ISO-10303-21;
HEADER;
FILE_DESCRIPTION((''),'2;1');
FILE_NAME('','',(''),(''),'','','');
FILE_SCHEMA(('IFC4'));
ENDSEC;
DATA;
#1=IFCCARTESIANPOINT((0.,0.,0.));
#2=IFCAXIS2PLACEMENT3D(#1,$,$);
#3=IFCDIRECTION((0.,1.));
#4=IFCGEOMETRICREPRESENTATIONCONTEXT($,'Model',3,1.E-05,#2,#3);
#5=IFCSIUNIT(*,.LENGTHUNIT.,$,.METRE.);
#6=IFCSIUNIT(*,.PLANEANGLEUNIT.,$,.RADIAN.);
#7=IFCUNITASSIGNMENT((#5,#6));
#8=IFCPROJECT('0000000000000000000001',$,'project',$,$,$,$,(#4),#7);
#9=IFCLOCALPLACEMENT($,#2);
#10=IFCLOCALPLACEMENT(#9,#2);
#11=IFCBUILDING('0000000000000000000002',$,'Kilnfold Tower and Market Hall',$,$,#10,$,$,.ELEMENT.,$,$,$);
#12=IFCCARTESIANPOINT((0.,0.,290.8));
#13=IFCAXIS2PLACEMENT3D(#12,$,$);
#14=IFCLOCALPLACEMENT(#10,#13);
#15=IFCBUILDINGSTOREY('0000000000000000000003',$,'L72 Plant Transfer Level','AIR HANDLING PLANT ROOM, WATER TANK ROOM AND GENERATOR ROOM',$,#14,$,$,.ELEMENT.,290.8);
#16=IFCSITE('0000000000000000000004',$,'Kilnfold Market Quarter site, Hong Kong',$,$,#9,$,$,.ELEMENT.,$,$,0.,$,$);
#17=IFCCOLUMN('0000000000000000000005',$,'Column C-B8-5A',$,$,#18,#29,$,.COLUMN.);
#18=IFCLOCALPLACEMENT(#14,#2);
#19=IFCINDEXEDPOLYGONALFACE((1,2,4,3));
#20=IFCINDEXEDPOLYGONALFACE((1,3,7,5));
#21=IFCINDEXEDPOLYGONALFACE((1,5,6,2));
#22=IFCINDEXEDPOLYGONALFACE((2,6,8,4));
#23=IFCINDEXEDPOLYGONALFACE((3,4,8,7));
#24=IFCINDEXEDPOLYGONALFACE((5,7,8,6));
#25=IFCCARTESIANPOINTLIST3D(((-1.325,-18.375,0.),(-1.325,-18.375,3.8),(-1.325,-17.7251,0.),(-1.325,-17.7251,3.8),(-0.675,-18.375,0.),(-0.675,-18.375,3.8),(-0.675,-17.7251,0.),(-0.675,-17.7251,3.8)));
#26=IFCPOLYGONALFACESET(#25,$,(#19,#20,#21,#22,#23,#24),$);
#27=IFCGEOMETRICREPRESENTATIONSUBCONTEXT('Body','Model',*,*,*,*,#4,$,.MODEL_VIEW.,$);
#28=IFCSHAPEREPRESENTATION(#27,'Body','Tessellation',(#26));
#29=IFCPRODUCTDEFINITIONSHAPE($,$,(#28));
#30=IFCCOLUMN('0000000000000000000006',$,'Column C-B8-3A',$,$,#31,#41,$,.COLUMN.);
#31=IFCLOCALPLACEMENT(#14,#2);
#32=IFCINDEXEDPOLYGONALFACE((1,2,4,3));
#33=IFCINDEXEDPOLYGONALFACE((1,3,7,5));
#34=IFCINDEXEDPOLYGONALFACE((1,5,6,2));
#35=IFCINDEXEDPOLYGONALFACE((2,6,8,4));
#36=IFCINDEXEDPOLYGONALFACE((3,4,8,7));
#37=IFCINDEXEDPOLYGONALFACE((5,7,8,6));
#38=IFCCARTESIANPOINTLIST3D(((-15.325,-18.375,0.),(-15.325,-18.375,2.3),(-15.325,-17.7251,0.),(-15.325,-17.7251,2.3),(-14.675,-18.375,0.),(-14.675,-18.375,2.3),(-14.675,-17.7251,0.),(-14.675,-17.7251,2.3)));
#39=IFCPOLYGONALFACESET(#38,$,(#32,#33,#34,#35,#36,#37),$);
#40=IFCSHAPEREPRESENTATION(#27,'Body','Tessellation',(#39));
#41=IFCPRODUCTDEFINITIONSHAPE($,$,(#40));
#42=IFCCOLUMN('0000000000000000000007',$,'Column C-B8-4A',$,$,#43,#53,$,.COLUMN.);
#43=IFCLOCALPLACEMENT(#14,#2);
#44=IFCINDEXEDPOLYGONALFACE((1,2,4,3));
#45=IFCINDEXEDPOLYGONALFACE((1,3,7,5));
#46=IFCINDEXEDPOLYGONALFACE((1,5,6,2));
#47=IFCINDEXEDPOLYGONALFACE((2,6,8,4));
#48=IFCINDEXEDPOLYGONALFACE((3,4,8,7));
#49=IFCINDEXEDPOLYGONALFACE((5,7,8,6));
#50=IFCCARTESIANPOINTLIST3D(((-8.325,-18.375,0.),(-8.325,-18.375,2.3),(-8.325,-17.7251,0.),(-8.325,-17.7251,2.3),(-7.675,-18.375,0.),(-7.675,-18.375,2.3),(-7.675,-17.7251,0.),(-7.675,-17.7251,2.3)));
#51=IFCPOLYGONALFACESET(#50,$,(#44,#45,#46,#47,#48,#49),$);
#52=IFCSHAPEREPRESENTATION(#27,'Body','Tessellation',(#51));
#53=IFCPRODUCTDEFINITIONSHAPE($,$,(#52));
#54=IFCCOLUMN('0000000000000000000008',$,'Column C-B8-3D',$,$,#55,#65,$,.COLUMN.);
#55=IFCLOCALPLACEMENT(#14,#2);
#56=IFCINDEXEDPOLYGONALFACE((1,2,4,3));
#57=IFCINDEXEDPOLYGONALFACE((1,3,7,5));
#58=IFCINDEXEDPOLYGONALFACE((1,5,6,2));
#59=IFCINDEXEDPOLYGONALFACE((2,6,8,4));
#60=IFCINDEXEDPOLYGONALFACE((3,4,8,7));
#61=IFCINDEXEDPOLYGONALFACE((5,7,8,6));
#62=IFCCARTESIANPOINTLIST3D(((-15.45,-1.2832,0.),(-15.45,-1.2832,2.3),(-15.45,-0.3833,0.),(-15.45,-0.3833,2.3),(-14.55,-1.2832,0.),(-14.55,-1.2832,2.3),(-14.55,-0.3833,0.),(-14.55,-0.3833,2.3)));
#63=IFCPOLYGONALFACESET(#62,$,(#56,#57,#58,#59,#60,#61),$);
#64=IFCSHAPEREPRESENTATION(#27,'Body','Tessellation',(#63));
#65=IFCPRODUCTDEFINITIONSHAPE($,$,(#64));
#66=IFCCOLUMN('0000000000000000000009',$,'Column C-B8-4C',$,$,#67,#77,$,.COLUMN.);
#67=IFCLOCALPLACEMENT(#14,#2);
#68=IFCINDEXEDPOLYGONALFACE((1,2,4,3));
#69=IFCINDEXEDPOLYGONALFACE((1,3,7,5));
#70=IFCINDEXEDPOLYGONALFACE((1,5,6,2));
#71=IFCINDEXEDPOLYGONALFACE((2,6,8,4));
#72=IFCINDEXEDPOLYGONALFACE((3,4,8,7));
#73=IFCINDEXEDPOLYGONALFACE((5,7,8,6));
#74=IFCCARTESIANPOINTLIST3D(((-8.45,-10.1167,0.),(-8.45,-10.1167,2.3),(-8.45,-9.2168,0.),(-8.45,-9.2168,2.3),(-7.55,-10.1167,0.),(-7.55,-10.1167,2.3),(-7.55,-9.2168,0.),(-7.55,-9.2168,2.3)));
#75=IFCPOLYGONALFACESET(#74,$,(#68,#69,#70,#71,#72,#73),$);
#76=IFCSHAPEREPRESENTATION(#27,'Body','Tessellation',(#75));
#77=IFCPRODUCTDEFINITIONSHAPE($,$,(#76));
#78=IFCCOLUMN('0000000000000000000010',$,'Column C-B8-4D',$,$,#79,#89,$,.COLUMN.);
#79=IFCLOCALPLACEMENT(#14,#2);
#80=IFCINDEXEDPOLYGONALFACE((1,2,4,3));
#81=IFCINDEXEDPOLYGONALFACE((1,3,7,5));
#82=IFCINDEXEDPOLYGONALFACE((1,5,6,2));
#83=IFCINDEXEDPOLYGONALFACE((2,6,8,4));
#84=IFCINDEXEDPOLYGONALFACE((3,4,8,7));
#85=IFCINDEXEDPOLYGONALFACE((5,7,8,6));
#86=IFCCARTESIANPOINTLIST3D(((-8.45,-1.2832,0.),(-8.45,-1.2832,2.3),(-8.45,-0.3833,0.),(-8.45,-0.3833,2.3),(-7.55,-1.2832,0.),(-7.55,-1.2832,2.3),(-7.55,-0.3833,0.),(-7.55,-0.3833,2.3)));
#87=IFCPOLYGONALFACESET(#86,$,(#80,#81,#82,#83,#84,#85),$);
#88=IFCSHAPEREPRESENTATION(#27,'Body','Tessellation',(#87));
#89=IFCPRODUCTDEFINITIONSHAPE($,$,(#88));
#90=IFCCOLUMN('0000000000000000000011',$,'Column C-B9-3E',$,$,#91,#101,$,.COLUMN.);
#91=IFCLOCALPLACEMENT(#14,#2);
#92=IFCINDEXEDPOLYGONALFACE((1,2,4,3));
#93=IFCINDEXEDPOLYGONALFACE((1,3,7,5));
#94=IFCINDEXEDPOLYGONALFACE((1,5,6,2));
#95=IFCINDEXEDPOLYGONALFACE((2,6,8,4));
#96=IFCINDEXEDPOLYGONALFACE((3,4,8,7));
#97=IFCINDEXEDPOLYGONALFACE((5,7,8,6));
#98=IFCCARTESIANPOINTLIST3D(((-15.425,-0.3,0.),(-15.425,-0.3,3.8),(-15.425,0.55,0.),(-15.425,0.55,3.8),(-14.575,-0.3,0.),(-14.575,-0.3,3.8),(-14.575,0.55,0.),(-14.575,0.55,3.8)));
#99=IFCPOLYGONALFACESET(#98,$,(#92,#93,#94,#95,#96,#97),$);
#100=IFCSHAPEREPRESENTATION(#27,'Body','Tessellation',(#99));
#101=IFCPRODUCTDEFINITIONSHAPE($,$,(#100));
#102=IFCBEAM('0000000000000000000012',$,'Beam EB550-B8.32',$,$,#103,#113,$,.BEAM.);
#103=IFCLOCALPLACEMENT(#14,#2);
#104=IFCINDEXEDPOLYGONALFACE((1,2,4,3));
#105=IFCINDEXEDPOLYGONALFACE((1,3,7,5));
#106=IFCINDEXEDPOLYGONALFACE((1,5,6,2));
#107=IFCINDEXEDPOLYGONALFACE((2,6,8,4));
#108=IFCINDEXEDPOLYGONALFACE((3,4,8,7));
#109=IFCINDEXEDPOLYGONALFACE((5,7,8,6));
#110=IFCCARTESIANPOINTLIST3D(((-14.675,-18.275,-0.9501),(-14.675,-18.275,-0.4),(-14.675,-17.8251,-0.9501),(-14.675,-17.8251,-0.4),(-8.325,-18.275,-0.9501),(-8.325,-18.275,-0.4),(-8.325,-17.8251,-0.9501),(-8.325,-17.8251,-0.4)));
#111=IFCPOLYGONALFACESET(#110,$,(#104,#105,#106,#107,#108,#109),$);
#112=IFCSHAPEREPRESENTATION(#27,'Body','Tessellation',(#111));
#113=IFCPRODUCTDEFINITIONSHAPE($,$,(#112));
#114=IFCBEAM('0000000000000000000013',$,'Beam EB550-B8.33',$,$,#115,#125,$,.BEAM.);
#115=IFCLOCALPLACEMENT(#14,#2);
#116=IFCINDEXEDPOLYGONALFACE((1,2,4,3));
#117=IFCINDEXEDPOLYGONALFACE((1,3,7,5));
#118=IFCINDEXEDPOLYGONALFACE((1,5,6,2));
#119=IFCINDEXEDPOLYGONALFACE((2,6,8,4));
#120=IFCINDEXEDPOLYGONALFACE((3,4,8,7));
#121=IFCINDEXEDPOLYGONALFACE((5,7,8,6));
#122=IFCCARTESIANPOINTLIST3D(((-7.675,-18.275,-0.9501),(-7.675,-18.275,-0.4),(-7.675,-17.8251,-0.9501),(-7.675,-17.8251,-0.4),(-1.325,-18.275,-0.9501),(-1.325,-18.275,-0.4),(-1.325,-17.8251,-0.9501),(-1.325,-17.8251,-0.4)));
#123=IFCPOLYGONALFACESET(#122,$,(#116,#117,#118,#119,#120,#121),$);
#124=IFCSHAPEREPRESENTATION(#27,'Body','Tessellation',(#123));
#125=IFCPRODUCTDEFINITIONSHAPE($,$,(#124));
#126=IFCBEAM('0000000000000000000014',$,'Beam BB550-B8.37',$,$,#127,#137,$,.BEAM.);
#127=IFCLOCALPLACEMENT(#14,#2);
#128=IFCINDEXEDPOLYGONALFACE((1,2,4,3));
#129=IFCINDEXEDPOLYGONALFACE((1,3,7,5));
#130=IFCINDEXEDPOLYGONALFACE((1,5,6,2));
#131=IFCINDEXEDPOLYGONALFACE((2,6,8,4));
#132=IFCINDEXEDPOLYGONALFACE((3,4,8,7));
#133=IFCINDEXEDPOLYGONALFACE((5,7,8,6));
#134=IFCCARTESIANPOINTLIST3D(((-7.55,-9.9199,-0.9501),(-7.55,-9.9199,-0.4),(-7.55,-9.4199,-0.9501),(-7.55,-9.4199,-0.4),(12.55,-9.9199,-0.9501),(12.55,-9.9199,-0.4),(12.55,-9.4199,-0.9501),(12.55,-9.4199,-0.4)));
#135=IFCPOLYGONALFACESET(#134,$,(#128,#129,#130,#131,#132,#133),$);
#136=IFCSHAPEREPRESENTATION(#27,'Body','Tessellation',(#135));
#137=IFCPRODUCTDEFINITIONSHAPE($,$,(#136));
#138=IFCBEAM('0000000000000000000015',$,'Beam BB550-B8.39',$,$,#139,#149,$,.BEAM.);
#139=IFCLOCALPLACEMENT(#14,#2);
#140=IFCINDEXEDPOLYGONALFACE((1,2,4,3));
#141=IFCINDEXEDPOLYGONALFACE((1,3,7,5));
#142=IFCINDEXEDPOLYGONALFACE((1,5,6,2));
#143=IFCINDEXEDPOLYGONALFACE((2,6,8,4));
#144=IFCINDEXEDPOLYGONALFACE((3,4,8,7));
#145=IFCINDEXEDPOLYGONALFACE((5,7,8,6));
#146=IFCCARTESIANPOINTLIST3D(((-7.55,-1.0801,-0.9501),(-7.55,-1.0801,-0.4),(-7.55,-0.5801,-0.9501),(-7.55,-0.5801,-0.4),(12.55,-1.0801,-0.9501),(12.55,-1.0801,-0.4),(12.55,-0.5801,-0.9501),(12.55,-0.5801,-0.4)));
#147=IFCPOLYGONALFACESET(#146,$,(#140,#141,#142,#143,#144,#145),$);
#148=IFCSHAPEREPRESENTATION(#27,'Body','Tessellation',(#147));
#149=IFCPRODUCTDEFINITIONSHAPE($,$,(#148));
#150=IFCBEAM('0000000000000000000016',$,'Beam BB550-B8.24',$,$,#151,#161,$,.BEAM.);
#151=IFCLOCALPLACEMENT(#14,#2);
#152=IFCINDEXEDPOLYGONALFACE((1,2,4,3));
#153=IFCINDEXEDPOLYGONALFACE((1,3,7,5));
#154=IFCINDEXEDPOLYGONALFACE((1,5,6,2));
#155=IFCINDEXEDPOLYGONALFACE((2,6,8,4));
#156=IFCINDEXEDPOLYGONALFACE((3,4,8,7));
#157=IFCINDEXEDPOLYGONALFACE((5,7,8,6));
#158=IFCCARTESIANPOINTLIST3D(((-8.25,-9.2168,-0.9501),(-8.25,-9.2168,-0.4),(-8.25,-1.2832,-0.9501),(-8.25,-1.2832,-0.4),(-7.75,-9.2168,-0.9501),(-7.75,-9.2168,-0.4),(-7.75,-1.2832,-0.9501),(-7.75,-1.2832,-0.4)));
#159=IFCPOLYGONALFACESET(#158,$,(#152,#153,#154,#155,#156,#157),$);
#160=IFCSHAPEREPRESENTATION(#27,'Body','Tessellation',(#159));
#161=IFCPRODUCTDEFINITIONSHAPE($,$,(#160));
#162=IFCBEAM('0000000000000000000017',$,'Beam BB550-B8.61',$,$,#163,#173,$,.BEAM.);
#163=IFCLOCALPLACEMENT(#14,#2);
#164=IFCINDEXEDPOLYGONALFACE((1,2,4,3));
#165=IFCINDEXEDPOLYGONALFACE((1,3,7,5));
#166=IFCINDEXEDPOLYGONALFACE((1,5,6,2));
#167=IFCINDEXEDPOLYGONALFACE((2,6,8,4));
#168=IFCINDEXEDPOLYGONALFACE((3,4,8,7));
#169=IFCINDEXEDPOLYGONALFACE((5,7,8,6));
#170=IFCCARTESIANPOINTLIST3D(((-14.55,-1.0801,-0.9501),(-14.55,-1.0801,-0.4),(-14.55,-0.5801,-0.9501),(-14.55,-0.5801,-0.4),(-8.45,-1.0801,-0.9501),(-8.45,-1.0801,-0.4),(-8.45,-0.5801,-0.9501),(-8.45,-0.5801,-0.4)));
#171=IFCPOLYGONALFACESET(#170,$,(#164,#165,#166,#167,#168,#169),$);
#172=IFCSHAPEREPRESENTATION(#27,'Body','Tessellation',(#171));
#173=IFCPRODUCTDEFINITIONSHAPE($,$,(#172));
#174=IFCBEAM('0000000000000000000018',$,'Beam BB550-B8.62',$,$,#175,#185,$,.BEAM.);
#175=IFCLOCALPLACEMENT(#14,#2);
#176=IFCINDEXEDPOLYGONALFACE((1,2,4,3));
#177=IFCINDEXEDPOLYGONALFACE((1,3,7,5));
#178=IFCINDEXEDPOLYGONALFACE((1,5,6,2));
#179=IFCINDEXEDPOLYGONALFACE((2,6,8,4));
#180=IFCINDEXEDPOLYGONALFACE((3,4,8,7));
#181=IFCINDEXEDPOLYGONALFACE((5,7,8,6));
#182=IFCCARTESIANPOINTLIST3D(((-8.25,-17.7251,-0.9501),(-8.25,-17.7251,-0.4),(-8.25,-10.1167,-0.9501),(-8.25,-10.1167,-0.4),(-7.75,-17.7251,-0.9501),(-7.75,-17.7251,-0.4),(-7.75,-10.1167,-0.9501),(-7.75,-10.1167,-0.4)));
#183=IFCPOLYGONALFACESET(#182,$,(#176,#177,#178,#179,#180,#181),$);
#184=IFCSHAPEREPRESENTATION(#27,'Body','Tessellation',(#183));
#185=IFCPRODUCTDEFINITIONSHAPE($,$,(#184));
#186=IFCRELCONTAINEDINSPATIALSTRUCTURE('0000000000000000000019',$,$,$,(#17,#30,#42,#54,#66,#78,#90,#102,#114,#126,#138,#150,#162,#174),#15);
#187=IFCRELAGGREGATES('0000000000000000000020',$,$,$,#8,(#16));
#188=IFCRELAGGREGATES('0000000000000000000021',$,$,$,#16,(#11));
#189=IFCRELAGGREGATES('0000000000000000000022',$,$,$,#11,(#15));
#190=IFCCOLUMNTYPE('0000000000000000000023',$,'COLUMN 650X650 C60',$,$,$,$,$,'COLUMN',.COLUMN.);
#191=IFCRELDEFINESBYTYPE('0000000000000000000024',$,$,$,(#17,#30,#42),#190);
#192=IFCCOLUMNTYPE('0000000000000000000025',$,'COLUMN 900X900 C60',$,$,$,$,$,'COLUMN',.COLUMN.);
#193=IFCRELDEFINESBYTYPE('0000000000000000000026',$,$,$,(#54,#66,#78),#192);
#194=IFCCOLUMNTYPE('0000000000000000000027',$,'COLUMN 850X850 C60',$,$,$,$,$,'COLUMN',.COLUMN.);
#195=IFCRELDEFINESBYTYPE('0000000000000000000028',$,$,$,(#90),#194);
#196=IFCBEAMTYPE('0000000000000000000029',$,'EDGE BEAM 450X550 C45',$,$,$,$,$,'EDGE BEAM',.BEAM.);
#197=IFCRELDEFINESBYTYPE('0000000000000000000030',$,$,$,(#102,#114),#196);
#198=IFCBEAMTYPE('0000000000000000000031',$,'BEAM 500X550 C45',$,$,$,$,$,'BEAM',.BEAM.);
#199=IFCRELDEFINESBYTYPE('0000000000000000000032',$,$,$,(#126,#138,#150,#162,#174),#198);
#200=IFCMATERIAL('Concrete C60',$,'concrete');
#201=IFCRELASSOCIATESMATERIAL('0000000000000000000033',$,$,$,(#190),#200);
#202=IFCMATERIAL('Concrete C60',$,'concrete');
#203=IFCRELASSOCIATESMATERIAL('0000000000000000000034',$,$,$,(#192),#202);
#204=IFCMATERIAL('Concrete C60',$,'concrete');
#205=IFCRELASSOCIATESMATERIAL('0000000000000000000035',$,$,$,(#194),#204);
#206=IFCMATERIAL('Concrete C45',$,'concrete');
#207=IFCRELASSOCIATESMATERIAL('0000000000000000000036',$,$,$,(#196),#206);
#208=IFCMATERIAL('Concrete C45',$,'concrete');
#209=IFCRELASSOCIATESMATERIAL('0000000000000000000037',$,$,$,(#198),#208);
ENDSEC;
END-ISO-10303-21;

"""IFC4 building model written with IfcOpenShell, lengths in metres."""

from ifc_helpers import new_model, si_unit, direction, frame, origin, origin_2d, place, context, subcontext, project, spatial, rectangle, extrude, source, transform, mapped, material, material_profile, profile_set, type_object, element, save


model = new_model("IFC4")

# Units and contexts
model_context = context("Model", 3, precision=1e-05, world=origin(), true_north=direction((0.0, 1.0)))
body_context = subcontext(model_context, "Body", "Model", "MODEL_VIEW")
ifc_project = project(units=[si_unit("LENGTHUNIT", "METRE"), si_unit("PLANEANGLEUNIT", "RADIAN")], contexts=[model_context])

# Site, building, storey
site_placement = place(None, origin())
site = spatial("IfcSite", under=ifc_project, at=site_placement, Name="Kilnfold Market Quarter site, Hong Kong", CompositionType="ELEMENT", RefElevation=0.0)
building_placement = place(site_placement, origin())
building = spatial("IfcBuilding", under=site, at=building_placement, Name="Kilnfold Tower and Market Hall", CompositionType="ELEMENT")
storey_placement = place(building_placement, frame((0.0, 0.0, 290.8)))
storey = spatial("IfcBuildingStorey", under=building, at=storey_placement, Name="L72 Plant Transfer Level", Description="AIR HANDLING PLANT ROOM, WATER TANK ROOM AND GENERATOR ROOM", CompositionType="ELEMENT", Elevation=290.8)

# Columns
ifc_material_1 = material(Name="Concrete C60", Category="concrete")
ifc_material_profile_1 = material_profile(ifc_material_1, rectangle(XDim=0.6499, YDim=0.6499, at=origin_2d()), Name="RC 650x650")
ifc_profile_set_1 = profile_set([ifc_material_profile_1], Name="Concrete C60")
column_type_1 = type_object("IfcColumnType", Name="COLUMN 650X650 C60", ElementType="COLUMN", PredefinedType="COLUMN", material=ifc_profile_set_1)
shared_shape_1 = source(origin(), body_context, "Body", "SweptSolid", [
    extrude(rectangle(XDim=0.6499, YDim=0.6499, at=origin_2d()), origin(), (0.0, 0.0, 1.0), 3.8),
])
column_1_placement = place(storey_placement, frame((-1.0, -18.05, 0.0), z_axis=(0.0, 0.0, 1.0), x_axis=(1.0, 0.0, 0.0)))
element("IfcColumn", 1, at=column_1_placement, inside=storey, type_object=column_type_1, Name="Column C-B8-5A", PredefinedType="COLUMN", context=body_context, shape_type="MappedRepresentation", body=[
    mapped(shared_shape_1, transform((0.0, 0.0, 0.0))),
])
shared_shape_2 = source(origin(), body_context, "Body", "SweptSolid", [
    extrude(rectangle(XDim=0.6499, YDim=0.6499, at=origin_2d()), origin(), (0.0, 0.0, 1.0), 2.3),
])
for number, where, z_axis, x_axis, name in (
    (2, (-15.0, -18.05, 0.0), (0.0, 0.0, 1.0), (1.0, 0.0, 0.0), "Column C-B8-3A"),
    (3, (-8.0, -18.05, 0.0), (0.0, 0.0, 1.0), (1.0, 0.0, 0.0), "Column C-B8-4A"),
):
    element("IfcColumn", number, at=place(storey_placement, frame(where, z_axis=z_axis, x_axis=x_axis)), inside=storey, type_object=column_type_1, Name=name, PredefinedType="COLUMN", context=body_context, shape_type="MappedRepresentation", body=[
        mapped(shared_shape_2, transform((0.0, 0.0, 0.0))),
    ])
ifc_material_2 = material(Name="Concrete C60", Category="concrete")
ifc_material_profile_2 = material_profile(ifc_material_2, rectangle(XDim=0.8999, YDim=0.8999, at=origin_2d()), Name="RC 900x900")
ifc_profile_set_2 = profile_set([ifc_material_profile_2], Name="Concrete C60")
column_type_2 = type_object("IfcColumnType", Name="COLUMN 900X900 C60", ElementType="COLUMN", PredefinedType="COLUMN", material=ifc_profile_set_2)
shared_shape_3 = source(origin(), body_context, "Body", "SweptSolid", [
    extrude(rectangle(XDim=0.8999, YDim=0.8999, at=origin_2d()), origin(), (0.0, 0.0, 1.0), 2.3),
])
for number, where, z_axis, x_axis, name in (
    (4, (-15.0, -0.8333, 0.0), (0.0, 0.0, 1.0), (1.0, 0.0, 0.0), "Column C-B8-3D"),
    (5, (-8.0, -9.6667, 0.0), (0.0, 0.0, 1.0), (1.0, 0.0, 0.0), "Column C-B8-4C"),
    (6, (-8.0, -0.8333, 0.0), (0.0, 0.0, 1.0), (1.0, 0.0, 0.0), "Column C-B8-4D"),
):
    element("IfcColumn", number, at=place(storey_placement, frame(where, z_axis=z_axis, x_axis=x_axis)), inside=storey, type_object=column_type_2, Name=name, PredefinedType="COLUMN", context=body_context, shape_type="MappedRepresentation", body=[
        mapped(shared_shape_3, transform((0.0, 0.0, 0.0))),
    ])
ifc_material_3 = material(Name="Concrete C60", Category="concrete")
ifc_material_profile_3 = material_profile(ifc_material_3, rectangle(XDim=0.8501, YDim=0.8501, at=origin_2d()), Name="RC 850x850")
ifc_profile_set_3 = profile_set([ifc_material_profile_3], Name="Concrete C60")
column_type_3 = type_object("IfcColumnType", Name="COLUMN 850X850 C60", ElementType="COLUMN", PredefinedType="COLUMN", material=ifc_profile_set_3)
shared_shape_4 = source(origin(), body_context, "Body", "SweptSolid", [
    extrude(rectangle(XDim=0.8501, YDim=0.8501, at=origin_2d()), origin(), (0.0, 0.0, 1.0), 3.8),
])
column_2_placement = place(storey_placement, frame((-15.0, 0.125, 0.0), z_axis=(0.0, 0.0, 1.0), x_axis=(1.0, 0.0, 0.0)))
element("IfcColumn", 7, at=column_2_placement, inside=storey, type_object=column_type_3, Name="Column C-B9-3E", PredefinedType="COLUMN", context=body_context, shape_type="MappedRepresentation", body=[
    mapped(shared_shape_4, transform((0.0, 0.0, 0.0))),
])

# Beams
ifc_material_4 = material(Name="Concrete C45", Category="concrete")
ifc_material_profile_4 = material_profile(ifc_material_4, rectangle(XDim=0.45, YDim=0.55, at=origin_2d()), Name="RC 450x550")
ifc_profile_set_4 = profile_set([ifc_material_profile_4], Name="Concrete C45")
beam_type_1 = type_object("IfcBeamType", Name="EDGE BEAM 450X550 C45", ElementType="EDGE BEAM", PredefinedType="BEAM", material=ifc_profile_set_4)
shared_shape_5 = source(origin(), body_context, "Body", "SweptSolid", [
    extrude(rectangle(XDim=0.45, YDim=0.55, at=origin_2d()), origin(), (0.0, 0.0, 1.0), 6.3501),
])
for number, where, z_axis, x_axis, name in (
    (8, (-14.675, -18.05, -0.675), (1.0, 0.0, 0.0), (0.0, 1.0, 0.0), "Beam EB550-B8.32"),
    (9, (-7.675, -18.05, -0.675), (1.0, 0.0, 0.0), (0.0, 1.0, 0.0), "Beam EB550-B8.33"),
):
    element("IfcBeam", number, at=place(storey_placement, frame(where, z_axis=z_axis, x_axis=x_axis)), inside=storey, type_object=beam_type_1, Name=name, PredefinedType="BEAM", context=body_context, shape_type="MappedRepresentation", body=[
        mapped(shared_shape_5, transform((0.0, 0.0, 0.0))),
    ])
ifc_material_5 = material(Name="Concrete C45", Category="concrete")
ifc_material_profile_5 = material_profile(ifc_material_5, rectangle(XDim=0.5, YDim=0.55, at=origin_2d()), Name="RC 500x550")
ifc_profile_set_5 = profile_set([ifc_material_profile_5], Name="Concrete C45")
beam_type_2 = type_object("IfcBeamType", Name="BEAM 500X550 C45", ElementType="BEAM", PredefinedType="BEAM", material=ifc_profile_set_5)
shared_shape_6 = source(origin(), body_context, "Body", "SweptSolid", [
    extrude(rectangle(XDim=0.5, YDim=0.55, at=origin_2d()), origin(), (0.0, 0.0, 1.0), 20.1001),
])
for number, where, z_axis, x_axis, name in (
    (10, (-7.55, -9.6699, -0.675), (1.0, 0.0, 0.0), (0.0, 1.0, 0.0), "Beam BB550-B8.37"),
    (11, (-7.55, -0.8301, -0.675), (1.0, 0.0, 0.0), (0.0, 1.0, 0.0), "Beam BB550-B8.39"),
):
    element("IfcBeam", number, at=place(storey_placement, frame(where, z_axis=z_axis, x_axis=x_axis)), inside=storey, type_object=beam_type_2, Name=name, PredefinedType="BEAM", context=body_context, shape_type="MappedRepresentation", body=[
        mapped(shared_shape_6, transform((0.0, 0.0, 0.0))),
    ])
shared_shape_7 = source(origin(), body_context, "Body", "SweptSolid", [
    extrude(rectangle(XDim=0.5, YDim=0.55, at=origin_2d()), origin(), (0.0, 0.0, 1.0), 7.9336),
])
beam_1_placement = place(storey_placement, frame((-8.0, -9.2168, -0.675), z_axis=(0.0, 1.0, 0.0), x_axis=(-1.0, 0.0, 0.0)))
element("IfcBeam", 12, at=beam_1_placement, inside=storey, type_object=beam_type_2, Name="Beam BB550-B8.24", PredefinedType="BEAM", context=body_context, shape_type="MappedRepresentation", body=[
    mapped(shared_shape_7, transform((0.0, 0.0, 0.0))),
])
shared_shape_8 = source(origin(), body_context, "Body", "SweptSolid", [
    extrude(rectangle(XDim=0.5, YDim=0.55, at=origin_2d()), origin(), (0.0, 0.0, 1.0), 6.1001),
])
beam_2_placement = place(storey_placement, frame((-14.55, -0.8301, -0.675), z_axis=(1.0, 0.0, 0.0), x_axis=(0.0, 1.0, 0.0)))
element("IfcBeam", 13, at=beam_2_placement, inside=storey, type_object=beam_type_2, Name="Beam BB550-B8.61", PredefinedType="BEAM", context=body_context, shape_type="MappedRepresentation", body=[
    mapped(shared_shape_8, transform((0.0, 0.0, 0.0))),
])
shared_shape_9 = source(origin(), body_context, "Body", "SweptSolid", [
    extrude(rectangle(XDim=0.5, YDim=0.55, at=origin_2d()), origin(), (0.0, 0.0, 1.0), 7.6084),
])
beam_3_placement = place(storey_placement, frame((-8.0, -17.7251, -0.675), z_axis=(0.0, 1.0, 0.0), x_axis=(-1.0, 0.0, 0.0)))
element("IfcBeam", 14, at=beam_3_placement, inside=storey, type_object=beam_type_2, Name="Beam BB550-B8.62", PredefinedType="BEAM", context=body_context, shape_type="MappedRepresentation", body=[
    mapped(shared_shape_9, transform((0.0, 0.0, 0.0))),
])

save(model, "model.ifc")
